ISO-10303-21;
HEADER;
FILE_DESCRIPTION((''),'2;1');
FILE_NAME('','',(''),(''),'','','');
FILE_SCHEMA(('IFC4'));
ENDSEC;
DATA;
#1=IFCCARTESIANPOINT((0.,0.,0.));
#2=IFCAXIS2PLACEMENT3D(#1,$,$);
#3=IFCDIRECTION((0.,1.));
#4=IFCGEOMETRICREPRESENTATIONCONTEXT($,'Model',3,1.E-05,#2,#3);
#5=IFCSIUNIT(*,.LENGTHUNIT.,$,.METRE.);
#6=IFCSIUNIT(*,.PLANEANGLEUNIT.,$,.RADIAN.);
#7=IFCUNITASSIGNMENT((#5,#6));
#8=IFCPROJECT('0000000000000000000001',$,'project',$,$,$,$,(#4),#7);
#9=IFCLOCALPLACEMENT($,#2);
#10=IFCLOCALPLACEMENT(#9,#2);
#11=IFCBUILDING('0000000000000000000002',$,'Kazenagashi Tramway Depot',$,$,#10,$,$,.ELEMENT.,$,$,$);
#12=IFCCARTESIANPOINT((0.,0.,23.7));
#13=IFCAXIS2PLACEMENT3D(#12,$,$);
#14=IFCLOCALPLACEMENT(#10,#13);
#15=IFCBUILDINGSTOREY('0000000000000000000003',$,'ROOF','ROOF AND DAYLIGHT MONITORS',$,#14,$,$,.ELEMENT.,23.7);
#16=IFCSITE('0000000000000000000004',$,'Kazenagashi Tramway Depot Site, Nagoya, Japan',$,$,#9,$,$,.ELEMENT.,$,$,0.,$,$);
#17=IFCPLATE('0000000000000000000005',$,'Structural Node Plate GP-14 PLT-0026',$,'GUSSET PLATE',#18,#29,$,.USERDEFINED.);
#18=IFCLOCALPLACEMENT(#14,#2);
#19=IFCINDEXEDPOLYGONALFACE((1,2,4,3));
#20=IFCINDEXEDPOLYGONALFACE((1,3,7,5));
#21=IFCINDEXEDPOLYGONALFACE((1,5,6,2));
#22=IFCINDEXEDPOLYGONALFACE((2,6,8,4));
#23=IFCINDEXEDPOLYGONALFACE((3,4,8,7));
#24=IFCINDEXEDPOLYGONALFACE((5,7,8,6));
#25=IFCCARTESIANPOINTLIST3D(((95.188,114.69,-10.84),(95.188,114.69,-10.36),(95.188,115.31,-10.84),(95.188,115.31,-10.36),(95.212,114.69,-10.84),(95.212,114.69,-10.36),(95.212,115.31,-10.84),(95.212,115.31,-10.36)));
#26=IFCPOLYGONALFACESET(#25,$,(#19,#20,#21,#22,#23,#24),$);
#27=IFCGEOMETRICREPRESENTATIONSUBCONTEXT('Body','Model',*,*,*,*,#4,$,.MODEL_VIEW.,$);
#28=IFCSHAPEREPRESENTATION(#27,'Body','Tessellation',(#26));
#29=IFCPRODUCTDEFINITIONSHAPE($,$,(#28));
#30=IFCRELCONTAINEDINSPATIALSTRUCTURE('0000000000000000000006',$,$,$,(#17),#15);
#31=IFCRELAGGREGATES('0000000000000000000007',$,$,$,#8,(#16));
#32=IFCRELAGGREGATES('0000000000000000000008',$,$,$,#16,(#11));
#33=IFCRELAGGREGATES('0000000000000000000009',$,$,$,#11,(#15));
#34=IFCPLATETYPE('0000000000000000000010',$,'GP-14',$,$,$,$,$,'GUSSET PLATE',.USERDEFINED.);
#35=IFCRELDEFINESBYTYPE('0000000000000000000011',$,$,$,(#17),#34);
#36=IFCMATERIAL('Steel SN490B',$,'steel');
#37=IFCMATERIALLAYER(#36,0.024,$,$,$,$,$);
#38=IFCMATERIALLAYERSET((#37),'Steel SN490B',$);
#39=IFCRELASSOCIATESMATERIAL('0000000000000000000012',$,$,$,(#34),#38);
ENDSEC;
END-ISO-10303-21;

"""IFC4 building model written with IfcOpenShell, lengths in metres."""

from ifc_helpers import new_model, si_unit, direction, frame, origin, origin_2d, place, context, subcontext, project, spatial, rectangle, extrude, material, layer, layer_set, type_object, element, save


model = new_model("IFC4")

# Units and contexts
model_context = context("Model", 3, precision=1e-05, world=origin(), true_north=direction((0.0, 1.0)))
body_context = subcontext(model_context, "Body", "Model", "MODEL_VIEW")
ifc_project = project(units=[si_unit("LENGTHUNIT", "METRE"), si_unit("PLANEANGLEUNIT", "RADIAN")], contexts=[model_context])

# Site, building, storey
site_placement = place(None, origin())
site = spatial("IfcSite", under=ifc_project, at=site_placement, Name="Kazenagashi Tramway Depot Site, Nagoya, Japan", CompositionType="ELEMENT", RefElevation=0.0)
building_placement = place(site_placement, origin())
building = spatial("IfcBuilding", under=site, at=building_placement, Name="Kazenagashi Tramway Depot", CompositionType="ELEMENT")
storey_placement = place(building_placement, frame((0.0, 0.0, 23.7)))
storey = spatial("IfcBuildingStorey", under=building, at=storey_placement, Name="ROOF", Description="ROOF AND DAYLIGHT MONITORS", CompositionType="ELEMENT", Elevation=23.7)

# Plate
ifc_material_1 = material(Name="Steel SN490B", Category="steel")
ifc_layer_1 = layer(ifc_material_1, 0.024)
ifc_layer_set_1 = layer_set([ifc_layer_1], Name="Steel SN490B")
plate_type_1 = type_object("IfcPlateType", Name="GP-14", ElementType="GUSSET PLATE", PredefinedType="USERDEFINED", material=ifc_layer_set_1)
plate_1_placement = place(storey_placement, frame((95.2, 115.0, -10.84), z_axis=(0.0, 0.0, 1.0), x_axis=(0.0, 1.0, 0.0)))
element("IfcPlate", 1, at=plate_1_placement, inside=storey, type_object=plate_type_1, Name="Structural Node Plate GP-14 PLT-0026", ObjectType="GUSSET PLATE", PredefinedType="USERDEFINED", context=body_context, shape_type="SweptSolid", body=[
    extrude(rectangle(XDim=0.62, YDim=0.024, at=origin_2d()), origin(), (0.0, 0.0, 1.0), 0.48),
])

save(model, "model.ifc")
